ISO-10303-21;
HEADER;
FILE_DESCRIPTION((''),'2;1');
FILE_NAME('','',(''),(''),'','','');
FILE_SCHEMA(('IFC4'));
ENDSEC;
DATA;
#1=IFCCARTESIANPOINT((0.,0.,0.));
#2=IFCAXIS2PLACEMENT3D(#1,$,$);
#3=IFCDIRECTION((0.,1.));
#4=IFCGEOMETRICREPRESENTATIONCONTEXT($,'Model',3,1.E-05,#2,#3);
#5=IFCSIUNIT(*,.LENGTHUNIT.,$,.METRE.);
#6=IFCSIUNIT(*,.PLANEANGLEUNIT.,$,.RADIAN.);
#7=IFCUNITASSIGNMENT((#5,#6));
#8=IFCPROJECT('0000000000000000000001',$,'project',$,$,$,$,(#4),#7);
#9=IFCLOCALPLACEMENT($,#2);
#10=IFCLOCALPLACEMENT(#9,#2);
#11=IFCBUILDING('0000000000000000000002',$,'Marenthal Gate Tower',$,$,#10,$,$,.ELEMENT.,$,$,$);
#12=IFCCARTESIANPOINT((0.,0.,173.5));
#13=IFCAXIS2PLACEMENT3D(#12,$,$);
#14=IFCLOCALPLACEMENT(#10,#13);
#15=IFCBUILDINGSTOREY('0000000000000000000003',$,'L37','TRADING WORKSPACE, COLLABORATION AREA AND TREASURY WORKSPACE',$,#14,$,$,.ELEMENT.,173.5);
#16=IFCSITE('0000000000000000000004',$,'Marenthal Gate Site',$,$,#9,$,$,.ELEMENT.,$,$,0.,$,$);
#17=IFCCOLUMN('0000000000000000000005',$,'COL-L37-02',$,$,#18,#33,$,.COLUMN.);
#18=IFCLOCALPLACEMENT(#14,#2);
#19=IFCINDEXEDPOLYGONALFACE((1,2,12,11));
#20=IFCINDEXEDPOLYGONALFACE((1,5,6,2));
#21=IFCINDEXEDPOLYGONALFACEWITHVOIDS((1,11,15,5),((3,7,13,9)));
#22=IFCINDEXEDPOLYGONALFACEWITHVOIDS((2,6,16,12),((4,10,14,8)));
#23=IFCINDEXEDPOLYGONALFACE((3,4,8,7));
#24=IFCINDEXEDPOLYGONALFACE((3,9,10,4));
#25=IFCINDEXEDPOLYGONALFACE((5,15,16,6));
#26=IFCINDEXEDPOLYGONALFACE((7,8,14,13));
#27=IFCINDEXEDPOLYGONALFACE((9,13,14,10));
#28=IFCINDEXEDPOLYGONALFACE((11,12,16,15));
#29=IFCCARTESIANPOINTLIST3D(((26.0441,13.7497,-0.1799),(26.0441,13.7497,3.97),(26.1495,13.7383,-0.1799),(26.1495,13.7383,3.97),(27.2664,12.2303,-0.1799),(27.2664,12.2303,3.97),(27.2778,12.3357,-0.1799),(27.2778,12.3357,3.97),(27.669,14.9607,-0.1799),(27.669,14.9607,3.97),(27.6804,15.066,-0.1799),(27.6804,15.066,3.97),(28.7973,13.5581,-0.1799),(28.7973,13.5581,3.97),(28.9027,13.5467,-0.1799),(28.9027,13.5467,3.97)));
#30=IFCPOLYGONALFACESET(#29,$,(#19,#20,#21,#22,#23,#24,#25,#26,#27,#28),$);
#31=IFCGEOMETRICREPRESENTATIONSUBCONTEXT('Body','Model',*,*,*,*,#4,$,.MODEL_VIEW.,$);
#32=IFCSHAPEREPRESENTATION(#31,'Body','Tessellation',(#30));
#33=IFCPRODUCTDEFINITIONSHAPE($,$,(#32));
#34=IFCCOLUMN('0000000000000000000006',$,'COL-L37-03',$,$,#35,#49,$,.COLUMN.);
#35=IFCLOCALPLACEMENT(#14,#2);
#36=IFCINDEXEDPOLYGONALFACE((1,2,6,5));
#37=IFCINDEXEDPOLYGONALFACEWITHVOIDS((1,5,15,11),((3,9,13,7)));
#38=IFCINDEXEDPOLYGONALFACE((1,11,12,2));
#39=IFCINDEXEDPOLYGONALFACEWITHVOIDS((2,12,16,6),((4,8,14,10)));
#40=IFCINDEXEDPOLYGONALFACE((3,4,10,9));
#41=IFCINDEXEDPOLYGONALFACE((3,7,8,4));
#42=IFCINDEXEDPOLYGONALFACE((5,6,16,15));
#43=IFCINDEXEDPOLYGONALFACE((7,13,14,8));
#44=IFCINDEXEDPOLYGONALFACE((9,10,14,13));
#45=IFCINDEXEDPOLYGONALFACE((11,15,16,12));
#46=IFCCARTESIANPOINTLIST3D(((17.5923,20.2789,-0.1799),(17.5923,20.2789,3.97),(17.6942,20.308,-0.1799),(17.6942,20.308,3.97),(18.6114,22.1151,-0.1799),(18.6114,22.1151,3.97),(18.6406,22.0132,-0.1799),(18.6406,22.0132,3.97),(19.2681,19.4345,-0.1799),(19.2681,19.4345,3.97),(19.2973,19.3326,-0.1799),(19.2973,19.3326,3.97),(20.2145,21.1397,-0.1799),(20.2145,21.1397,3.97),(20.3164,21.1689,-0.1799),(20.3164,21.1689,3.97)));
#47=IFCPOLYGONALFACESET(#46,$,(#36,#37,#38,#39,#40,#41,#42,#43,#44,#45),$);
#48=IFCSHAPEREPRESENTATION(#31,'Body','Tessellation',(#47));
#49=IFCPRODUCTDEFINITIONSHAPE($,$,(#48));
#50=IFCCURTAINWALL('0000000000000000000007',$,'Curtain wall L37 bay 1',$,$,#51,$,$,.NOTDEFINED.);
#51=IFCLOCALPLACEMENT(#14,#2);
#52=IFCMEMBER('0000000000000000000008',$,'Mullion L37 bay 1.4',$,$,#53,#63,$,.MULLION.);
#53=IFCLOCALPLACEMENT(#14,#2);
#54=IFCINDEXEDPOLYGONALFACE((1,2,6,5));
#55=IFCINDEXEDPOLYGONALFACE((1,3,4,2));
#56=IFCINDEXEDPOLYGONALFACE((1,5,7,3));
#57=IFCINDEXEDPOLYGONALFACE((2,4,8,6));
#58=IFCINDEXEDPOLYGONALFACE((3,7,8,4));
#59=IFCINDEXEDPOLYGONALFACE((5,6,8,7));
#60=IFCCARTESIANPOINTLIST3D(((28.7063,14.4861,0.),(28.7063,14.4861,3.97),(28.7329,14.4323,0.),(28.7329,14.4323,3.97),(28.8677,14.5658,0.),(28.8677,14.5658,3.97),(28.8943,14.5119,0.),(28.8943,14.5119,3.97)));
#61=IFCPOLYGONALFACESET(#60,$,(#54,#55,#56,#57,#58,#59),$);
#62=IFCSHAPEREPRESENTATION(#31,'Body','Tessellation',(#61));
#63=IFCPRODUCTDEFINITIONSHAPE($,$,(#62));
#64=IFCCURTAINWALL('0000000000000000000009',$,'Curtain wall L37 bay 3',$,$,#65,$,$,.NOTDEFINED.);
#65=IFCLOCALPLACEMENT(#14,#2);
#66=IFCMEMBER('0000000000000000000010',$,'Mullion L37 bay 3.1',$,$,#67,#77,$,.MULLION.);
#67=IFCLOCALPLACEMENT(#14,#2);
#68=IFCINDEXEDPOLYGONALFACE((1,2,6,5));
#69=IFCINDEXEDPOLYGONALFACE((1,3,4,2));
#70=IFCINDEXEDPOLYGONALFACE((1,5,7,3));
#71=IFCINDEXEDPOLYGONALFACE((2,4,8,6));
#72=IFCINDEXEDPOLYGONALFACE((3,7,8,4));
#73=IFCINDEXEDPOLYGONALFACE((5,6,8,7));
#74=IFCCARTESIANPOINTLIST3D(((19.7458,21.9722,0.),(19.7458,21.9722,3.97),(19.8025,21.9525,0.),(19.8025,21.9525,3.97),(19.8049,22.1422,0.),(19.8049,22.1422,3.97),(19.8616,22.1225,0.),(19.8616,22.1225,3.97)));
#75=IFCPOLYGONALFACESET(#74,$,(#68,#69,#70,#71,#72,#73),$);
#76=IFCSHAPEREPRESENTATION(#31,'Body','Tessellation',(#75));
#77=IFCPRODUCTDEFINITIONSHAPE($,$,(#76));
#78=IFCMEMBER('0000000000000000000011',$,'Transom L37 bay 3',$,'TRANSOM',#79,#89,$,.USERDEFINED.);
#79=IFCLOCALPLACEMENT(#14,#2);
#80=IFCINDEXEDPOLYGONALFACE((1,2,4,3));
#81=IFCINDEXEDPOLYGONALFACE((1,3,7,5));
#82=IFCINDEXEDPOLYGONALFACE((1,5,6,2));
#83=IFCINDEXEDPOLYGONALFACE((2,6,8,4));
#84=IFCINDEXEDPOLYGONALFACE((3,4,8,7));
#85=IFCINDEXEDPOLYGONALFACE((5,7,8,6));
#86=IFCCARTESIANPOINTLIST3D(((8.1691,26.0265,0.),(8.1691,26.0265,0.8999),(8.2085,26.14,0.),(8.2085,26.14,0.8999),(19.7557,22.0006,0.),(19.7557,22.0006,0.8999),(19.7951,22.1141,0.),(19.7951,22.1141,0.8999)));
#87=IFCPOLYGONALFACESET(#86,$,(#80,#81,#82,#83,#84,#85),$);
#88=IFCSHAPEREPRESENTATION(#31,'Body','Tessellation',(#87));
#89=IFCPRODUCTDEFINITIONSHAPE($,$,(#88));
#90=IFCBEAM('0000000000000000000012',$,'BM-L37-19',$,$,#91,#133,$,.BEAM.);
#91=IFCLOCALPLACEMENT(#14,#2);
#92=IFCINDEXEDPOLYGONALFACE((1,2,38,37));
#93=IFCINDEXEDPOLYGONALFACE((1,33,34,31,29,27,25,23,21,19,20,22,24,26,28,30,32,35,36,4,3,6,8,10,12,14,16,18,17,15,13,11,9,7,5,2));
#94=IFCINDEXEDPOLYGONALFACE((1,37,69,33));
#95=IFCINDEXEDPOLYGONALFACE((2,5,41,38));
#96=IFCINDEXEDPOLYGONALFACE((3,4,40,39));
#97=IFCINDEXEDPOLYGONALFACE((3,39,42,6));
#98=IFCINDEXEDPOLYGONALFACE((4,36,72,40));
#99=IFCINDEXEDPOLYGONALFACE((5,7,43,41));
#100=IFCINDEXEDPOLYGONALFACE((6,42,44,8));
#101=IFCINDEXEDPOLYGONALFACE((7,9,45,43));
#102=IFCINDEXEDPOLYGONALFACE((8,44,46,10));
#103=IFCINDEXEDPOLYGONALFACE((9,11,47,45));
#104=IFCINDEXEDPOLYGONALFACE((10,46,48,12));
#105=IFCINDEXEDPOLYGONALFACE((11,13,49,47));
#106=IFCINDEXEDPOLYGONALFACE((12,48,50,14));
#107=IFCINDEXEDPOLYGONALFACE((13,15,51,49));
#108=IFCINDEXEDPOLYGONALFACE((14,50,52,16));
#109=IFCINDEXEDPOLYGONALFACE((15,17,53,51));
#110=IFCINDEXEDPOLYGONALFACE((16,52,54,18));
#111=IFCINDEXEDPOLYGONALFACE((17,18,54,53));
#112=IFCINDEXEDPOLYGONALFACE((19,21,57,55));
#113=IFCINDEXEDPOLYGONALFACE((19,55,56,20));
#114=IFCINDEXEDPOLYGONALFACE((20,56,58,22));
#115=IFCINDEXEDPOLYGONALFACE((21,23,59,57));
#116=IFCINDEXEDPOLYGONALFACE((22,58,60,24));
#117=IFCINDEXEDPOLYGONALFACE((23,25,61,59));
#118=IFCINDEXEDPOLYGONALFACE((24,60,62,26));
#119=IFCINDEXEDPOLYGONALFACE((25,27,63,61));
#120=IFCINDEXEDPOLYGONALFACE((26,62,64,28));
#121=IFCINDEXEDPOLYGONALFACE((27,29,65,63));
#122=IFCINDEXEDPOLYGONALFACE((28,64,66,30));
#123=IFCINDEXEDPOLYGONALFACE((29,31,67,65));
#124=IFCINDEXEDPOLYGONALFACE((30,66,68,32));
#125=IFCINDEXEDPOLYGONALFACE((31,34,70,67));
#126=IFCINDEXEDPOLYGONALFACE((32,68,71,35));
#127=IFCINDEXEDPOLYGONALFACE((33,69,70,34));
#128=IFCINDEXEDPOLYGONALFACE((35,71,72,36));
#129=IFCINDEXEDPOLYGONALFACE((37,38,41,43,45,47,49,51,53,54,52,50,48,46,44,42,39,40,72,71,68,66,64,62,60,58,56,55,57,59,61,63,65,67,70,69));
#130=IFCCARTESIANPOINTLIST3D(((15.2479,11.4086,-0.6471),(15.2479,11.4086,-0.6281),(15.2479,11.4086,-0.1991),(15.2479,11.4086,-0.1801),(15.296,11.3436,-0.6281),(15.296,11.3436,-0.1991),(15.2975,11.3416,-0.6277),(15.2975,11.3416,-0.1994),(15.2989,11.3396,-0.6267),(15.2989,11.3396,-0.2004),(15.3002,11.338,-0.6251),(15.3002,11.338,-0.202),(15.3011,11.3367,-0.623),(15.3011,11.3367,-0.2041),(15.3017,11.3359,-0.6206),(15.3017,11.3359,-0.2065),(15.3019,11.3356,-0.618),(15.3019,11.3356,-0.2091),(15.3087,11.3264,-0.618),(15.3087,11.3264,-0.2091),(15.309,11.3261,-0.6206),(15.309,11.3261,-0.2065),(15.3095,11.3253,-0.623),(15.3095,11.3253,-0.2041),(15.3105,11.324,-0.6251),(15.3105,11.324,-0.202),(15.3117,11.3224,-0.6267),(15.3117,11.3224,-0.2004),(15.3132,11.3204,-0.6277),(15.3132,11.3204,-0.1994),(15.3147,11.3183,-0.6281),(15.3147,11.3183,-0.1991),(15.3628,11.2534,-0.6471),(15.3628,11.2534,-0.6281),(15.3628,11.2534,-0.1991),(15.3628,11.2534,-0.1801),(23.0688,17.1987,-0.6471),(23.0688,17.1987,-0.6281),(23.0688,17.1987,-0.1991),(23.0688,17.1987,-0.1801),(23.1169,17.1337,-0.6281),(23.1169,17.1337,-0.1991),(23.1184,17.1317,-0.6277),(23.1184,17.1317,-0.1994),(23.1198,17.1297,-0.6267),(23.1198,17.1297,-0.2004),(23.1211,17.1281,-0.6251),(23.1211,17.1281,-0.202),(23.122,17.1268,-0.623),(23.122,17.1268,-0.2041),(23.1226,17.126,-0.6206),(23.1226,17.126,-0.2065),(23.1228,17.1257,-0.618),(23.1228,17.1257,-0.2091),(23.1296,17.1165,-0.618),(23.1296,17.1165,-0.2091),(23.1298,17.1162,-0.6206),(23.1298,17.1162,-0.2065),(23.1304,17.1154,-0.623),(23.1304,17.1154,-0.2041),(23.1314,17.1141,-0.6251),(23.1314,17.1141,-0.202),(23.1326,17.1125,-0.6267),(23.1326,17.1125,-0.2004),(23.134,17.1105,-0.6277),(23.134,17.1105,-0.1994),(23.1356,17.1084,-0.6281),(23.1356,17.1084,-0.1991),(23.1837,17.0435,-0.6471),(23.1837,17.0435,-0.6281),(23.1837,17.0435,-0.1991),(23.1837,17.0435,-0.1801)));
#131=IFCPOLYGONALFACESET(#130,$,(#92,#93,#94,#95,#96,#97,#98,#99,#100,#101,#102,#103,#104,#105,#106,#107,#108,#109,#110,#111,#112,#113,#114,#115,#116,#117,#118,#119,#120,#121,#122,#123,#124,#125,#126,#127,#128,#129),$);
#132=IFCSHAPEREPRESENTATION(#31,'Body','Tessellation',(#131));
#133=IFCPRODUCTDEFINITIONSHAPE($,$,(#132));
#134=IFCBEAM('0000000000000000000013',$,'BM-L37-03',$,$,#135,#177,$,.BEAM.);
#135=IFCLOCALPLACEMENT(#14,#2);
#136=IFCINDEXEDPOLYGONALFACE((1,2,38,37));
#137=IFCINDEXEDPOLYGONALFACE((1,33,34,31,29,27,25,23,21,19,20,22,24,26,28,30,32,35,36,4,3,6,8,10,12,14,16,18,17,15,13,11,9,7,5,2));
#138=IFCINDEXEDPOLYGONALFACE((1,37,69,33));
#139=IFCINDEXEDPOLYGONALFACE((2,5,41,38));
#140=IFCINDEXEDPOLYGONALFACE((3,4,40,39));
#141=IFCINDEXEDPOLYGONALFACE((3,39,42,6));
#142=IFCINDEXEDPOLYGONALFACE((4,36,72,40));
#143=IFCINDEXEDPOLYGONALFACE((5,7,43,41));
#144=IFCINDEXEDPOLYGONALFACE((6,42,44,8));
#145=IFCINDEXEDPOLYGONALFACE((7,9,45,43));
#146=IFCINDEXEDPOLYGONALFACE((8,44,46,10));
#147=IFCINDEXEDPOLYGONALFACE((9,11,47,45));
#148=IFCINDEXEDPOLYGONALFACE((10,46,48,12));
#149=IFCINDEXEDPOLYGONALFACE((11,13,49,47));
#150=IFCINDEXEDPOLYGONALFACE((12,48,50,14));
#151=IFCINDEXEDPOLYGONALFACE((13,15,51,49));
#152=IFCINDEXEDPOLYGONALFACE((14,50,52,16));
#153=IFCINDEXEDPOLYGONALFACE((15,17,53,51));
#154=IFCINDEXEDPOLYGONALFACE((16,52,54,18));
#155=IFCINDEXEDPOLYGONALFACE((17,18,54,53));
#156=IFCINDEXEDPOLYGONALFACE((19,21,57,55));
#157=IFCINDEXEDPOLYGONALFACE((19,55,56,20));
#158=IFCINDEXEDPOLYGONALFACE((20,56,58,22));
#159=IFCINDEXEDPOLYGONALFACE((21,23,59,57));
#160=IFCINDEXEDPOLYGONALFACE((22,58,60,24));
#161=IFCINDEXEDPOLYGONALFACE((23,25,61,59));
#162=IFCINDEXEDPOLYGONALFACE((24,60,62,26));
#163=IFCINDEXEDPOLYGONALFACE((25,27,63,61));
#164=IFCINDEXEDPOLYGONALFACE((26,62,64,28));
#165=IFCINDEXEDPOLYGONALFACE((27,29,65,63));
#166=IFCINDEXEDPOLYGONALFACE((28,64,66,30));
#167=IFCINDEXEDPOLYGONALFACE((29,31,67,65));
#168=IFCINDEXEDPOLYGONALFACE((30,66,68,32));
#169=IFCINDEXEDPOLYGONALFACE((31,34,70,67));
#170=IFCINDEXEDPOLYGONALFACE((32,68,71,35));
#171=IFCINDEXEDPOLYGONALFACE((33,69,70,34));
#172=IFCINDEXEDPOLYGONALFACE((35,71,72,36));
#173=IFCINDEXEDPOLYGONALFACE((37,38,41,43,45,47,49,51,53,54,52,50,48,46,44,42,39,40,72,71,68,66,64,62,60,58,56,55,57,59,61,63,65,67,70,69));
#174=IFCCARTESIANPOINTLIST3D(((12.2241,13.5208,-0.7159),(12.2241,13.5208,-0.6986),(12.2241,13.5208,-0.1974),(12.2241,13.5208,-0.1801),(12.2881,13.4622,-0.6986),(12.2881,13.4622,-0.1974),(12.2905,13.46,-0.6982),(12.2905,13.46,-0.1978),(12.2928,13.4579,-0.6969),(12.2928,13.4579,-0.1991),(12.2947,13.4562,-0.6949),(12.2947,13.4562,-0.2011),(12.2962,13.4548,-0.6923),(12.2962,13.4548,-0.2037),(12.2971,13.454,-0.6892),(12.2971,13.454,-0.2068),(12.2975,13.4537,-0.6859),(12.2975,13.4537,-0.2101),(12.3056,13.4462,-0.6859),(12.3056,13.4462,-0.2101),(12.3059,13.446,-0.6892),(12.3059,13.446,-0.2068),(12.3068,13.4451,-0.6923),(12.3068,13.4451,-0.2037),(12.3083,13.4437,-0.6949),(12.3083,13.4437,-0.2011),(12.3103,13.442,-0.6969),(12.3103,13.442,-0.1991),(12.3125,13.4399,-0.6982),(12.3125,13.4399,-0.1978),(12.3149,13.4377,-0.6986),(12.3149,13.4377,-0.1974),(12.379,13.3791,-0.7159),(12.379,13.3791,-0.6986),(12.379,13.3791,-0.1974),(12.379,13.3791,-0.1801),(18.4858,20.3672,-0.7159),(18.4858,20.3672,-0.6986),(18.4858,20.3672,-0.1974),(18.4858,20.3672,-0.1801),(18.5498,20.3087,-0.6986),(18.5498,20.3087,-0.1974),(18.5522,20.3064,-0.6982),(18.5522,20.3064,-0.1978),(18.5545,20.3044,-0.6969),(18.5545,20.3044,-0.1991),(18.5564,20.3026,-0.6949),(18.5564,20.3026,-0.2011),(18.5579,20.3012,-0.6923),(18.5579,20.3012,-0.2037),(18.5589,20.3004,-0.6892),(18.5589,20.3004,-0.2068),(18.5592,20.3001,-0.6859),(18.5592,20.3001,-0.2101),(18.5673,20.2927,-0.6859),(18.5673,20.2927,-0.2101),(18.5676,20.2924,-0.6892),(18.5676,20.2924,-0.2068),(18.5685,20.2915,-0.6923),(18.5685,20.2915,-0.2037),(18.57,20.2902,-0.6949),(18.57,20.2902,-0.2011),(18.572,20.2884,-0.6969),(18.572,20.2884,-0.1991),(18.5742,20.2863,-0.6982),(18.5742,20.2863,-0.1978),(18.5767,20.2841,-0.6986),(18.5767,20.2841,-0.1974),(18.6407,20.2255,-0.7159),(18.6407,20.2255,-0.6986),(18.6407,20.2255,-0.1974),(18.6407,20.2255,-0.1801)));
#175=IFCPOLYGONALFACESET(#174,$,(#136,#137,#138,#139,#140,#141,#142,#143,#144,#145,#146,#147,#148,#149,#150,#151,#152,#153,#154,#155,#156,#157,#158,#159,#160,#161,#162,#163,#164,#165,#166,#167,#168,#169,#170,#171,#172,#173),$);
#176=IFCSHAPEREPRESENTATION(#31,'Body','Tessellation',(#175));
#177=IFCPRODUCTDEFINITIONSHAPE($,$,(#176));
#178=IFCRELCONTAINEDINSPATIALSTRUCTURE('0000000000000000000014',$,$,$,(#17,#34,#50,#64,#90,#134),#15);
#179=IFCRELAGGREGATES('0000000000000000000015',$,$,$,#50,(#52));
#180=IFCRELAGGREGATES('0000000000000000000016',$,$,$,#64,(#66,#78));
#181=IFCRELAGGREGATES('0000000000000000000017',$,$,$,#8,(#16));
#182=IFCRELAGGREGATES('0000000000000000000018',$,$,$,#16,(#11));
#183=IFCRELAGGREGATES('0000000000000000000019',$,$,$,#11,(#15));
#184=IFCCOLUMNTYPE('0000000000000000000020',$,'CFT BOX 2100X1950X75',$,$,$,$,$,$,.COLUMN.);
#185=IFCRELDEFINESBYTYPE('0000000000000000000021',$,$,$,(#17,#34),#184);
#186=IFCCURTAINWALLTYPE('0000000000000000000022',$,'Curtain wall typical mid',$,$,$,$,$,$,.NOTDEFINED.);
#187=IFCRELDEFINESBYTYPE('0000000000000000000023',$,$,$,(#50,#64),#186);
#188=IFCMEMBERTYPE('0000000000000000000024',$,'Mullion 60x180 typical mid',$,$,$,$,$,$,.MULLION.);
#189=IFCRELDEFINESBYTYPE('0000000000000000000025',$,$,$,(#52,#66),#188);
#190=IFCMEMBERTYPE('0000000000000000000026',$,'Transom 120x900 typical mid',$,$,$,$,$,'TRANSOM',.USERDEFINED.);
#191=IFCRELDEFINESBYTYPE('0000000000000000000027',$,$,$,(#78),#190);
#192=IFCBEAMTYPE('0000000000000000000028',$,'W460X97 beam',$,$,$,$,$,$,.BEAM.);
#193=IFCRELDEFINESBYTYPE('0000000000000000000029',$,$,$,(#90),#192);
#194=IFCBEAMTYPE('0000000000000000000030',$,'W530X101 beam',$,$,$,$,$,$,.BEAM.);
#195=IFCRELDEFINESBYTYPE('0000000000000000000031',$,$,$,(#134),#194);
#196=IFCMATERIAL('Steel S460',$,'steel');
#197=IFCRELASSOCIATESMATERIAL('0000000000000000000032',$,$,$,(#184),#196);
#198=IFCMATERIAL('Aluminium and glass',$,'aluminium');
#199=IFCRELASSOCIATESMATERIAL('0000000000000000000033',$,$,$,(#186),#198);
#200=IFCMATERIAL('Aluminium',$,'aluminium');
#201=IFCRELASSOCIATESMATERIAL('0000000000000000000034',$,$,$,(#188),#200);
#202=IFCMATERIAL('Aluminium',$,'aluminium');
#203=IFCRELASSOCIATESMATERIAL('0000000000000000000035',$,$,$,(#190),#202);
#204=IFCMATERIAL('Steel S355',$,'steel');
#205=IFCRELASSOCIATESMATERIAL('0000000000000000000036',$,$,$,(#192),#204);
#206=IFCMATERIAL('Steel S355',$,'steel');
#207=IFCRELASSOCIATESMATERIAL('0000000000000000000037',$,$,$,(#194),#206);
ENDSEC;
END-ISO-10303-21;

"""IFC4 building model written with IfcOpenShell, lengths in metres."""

from ifc_helpers import new_model, si_unit, direction, frame, origin, origin_2d, place, context, subcontext, project, spatial, rectangle, hollow_rectangle, i_section, extrude, material, material_profile, profile_set, type_object, element, aggregate, save


model = new_model("IFC4")

# Units and contexts
model_context = context("Model", 3, precision=1e-05, world=origin(), true_north=direction((0.0, 1.0)))
body_context = subcontext(model_context, "Body", "Model", "MODEL_VIEW")
ifc_project = project(units=[si_unit("LENGTHUNIT", "METRE"), si_unit("PLANEANGLEUNIT", "RADIAN")], contexts=[model_context])

# Site, building, storey
site_placement = place(None, origin())
site = spatial("IfcSite", under=ifc_project, at=site_placement, Name="Marenthal Gate Site", CompositionType="ELEMENT", RefElevation=0.0)
building_placement = place(site_placement, origin())
building = spatial("IfcBuilding", under=site, at=building_placement, Name="Marenthal Gate Tower", CompositionType="ELEMENT")
storey_placement = place(building_placement, frame((0.0, 0.0, 173.5)))
storey = spatial("IfcBuildingStorey", under=building, at=storey_placement, Name="L37", Description="TRADING WORKSPACE, COLLABORATION AREA AND TREASURY WORKSPACE", CompositionType="ELEMENT", Elevation=173.5)

# Columns
ifc_material_1 = material(Name="Steel S460", Category="steel")
ifc_material_profile_1 = material_profile(ifc_material_1, hollow_rectangle(XDim=1.95, YDim=2.1001, WallThickness=0.075, at=origin_2d()), Name="CFT BOX 2100X1950X75")
ifc_material_2 = material(Name="Concrete 70 MPa", Category="concrete")
ifc_material_profile_2 = material_profile(ifc_material_2, rectangle(XDim=1.8, YDim=1.95, at=origin_2d()), Name="CFT BOX 2100X1950X75 INFILL")
ifc_profile_set_1 = profile_set([ifc_material_profile_1, ifc_material_profile_2], Name="Steel S460 shell, Concrete 70 MPa infill")
column_type = type_object("IfcColumnType", Name="CFT BOX 2100X1950X75", PredefinedType="COLUMN", material=ifc_profile_set_1)
for number, where, z_axis, x_axis, name in (
    (1, (27.4734, 13.6482, -0.1799), (0.0, 0.0, 1.0), (0.626815, -0.779168, 0.0), "COL-L37-02"),
    (2, (18.9543, 20.7239, -0.1799), (0.0, 0.0, 1.0), (0.874371, -0.485258, 0.0), "COL-L37-03"),
):
    element("IfcColumn", number, at=place(storey_placement, frame(where, z_axis=z_axis, x_axis=x_axis)), inside=storey, type_object=column_type, Name=name, PredefinedType="COLUMN", context=body_context, shape_type="SweptSolid", body=[
        extrude(hollow_rectangle(XDim=1.95, YDim=2.1001, WallThickness=0.075, at=origin_2d()), origin(), (0.0, 0.0, 1.0), 4.1499),
    ])

# Curtain wall, member
ifc_material_3 = material(Name="Aluminium and glass", Category="aluminium")
curtain_wall_type = type_object("IfcCurtainWallType", Name="Curtain wall typical mid", PredefinedType="NOTDEFINED", material=ifc_material_3)
curtain_wall_1_placement = place(storey_placement, origin())
curtain_wall_1 = element("IfcCurtainWall", 3, at=curtain_wall_1_placement, inside=storey, type_object=curtain_wall_type, Name="Curtain wall L37 bay 1", PredefinedType="NOTDEFINED")
ifc_material_4 = material(Name="Aluminium", Category="aluminium")
ifc_material_profile_3 = material_profile(ifc_material_4, rectangle(XDim=0.1799, YDim=0.0601, at=origin_2d()), Name="60x180 aluminium mullion")
ifc_profile_set_2 = profile_set([ifc_material_profile_3], Name="Aluminium")
member_type_1 = type_object("IfcMemberType", Name="Mullion 60x180 typical mid", PredefinedType="MULLION", material=ifc_profile_set_2)
member_1_placement = place(storey_placement, frame((28.8003, 14.499, 0.0), z_axis=(0.0, 0.0, 1.0), x_axis=(-0.896643, -0.442753, 0.0)))
member_1 = element("IfcMember", 4, at=member_1_placement, type_object=member_type_1, Name="Mullion L37 bay 1.4", PredefinedType="MULLION", context=body_context, shape_type="SweptSolid", body=[
    extrude(rectangle(XDim=0.1799, YDim=0.0601, at=origin_2d()), origin(), (0.0, 0.0, 1.0), 3.97),
])
aggregate(curtain_wall_1, [member_1])

# Curtain wall, members
curtain_wall_2_placement = place(storey_placement, origin())
curtain_wall_2 = element("IfcCurtainWall", 5, at=curtain_wall_2_placement, inside=storey, type_object=curtain_wall_type, Name="Curtain wall L37 bay 3", PredefinedType="NOTDEFINED")
member_2_placement = place(storey_placement, frame((19.8037, 22.0474, 0.0), z_axis=(0.0, 0.0, 1.0), x_axis=(-0.328211, -0.944604, 0.0)))
member_2 = element("IfcMember", 6, at=member_2_placement, type_object=member_type_1, Name="Mullion L37 bay 3.1", PredefinedType="MULLION", context=body_context, shape_type="SweptSolid", body=[
    extrude(rectangle(XDim=0.1799, YDim=0.0601, at=origin_2d()), origin(), (0.0, 0.0, 1.0), 3.97),
])
ifc_material_5 = material(Name="Aluminium", Category="aluminium")
ifc_material_profile_4 = material_profile(ifc_material_5, rectangle(XDim=0.1201, YDim=0.8999, at=origin_2d()), Name="120x900 aluminium transom")
ifc_profile_set_3 = profile_set([ifc_material_profile_4], Name="Aluminium")
member_type_2 = type_object("IfcMemberType", Name="Transom 120x900 typical mid", ElementType="TRANSOM", PredefinedType="USERDEFINED", material=ifc_profile_set_3)
member_3_placement = place(storey_placement, frame((19.7754, 22.0574, 0.45), z_axis=(-0.944605, 0.32821, 0.0), x_axis=(-0.32821, -0.944605, 0.0)))
member_3 = element("IfcMember", 7, at=member_3_placement, type_object=member_type_2, Name="Transom L37 bay 3", ObjectType="TRANSOM", PredefinedType="USERDEFINED", context=body_context, shape_type="SweptSolid", body=[
    extrude(rectangle(XDim=0.1201, YDim=0.8999, at=origin_2d()), origin(), (0.0, 0.0, 1.0), 12.2661),
])

# Beams
ifc_material_6 = material(Name="Steel S355", Category="steel")
ifc_material_profile_5 = material_profile(ifc_material_6, i_section(OverallWidth=0.1931, OverallDepth=0.467, WebThickness=0.0115, FlangeThickness=0.019, FilletRadius=0.01, at=origin_2d()), Name="W460X97")
ifc_profile_set_4 = profile_set([ifc_material_profile_5], Name="Steel S355")
beam_type_1 = type_object("IfcBeamType", Name="W460X97 beam", PredefinedType="BEAM", material=ifc_profile_set_4)
beam_1_placement = place(storey_placement, frame((23.1262, 17.1211, -0.4136), z_axis=(-0.803712, -0.595019, 0.0), x_axis=(0.595019, -0.803712, 0.0)))
element("IfcBeam", 8, at=beam_1_placement, inside=storey, type_object=beam_type_1, Name="BM-L37-19", PredefinedType="BEAM", context=body_context, shape_type="SweptSolid", body=[
    extrude(i_section(OverallWidth=0.1931, OverallDepth=0.467, WebThickness=0.0115, FlangeThickness=0.019, FilletRadius=0.01, at=origin_2d()), origin(), (0.0, 0.0, 1.0), 9.731),
])
ifc_material_7 = material(Name="Steel S355", Category="steel")
ifc_material_profile_6 = material_profile(ifc_material_7, i_section(OverallWidth=0.21, OverallDepth=0.5359, WebThickness=0.011, FlangeThickness=0.0173, FilletRadius=0.0127, at=origin_2d()), Name="W530X101")
ifc_profile_set_5 = profile_set([ifc_material_profile_6], Name="Steel S355")
beam_type_2 = type_object("IfcBeamType", Name="W530X101 beam", PredefinedType="BEAM", material=ifc_profile_set_5)
beam_2_placement = place(storey_placement, frame((18.5632, 20.2964, -0.448), z_axis=(-0.674894, -0.737915, 0.0), x_axis=(0.737915, -0.674894, 0.0)))
element("IfcBeam", 9, at=beam_2_placement, inside=storey, type_object=beam_type_2, Name="BM-L37-03", PredefinedType="BEAM", context=body_context, shape_type="SweptSolid", body=[
    extrude(i_section(OverallWidth=0.21, OverallDepth=0.5359, WebThickness=0.011, FlangeThickness=0.0173, FilletRadius=0.0127, at=origin_2d()), origin(), (0.0, 0.0, 1.0), 9.2781),
])

aggregate(curtain_wall_2, [member_2, member_3])

save(model, "model.ifc")
